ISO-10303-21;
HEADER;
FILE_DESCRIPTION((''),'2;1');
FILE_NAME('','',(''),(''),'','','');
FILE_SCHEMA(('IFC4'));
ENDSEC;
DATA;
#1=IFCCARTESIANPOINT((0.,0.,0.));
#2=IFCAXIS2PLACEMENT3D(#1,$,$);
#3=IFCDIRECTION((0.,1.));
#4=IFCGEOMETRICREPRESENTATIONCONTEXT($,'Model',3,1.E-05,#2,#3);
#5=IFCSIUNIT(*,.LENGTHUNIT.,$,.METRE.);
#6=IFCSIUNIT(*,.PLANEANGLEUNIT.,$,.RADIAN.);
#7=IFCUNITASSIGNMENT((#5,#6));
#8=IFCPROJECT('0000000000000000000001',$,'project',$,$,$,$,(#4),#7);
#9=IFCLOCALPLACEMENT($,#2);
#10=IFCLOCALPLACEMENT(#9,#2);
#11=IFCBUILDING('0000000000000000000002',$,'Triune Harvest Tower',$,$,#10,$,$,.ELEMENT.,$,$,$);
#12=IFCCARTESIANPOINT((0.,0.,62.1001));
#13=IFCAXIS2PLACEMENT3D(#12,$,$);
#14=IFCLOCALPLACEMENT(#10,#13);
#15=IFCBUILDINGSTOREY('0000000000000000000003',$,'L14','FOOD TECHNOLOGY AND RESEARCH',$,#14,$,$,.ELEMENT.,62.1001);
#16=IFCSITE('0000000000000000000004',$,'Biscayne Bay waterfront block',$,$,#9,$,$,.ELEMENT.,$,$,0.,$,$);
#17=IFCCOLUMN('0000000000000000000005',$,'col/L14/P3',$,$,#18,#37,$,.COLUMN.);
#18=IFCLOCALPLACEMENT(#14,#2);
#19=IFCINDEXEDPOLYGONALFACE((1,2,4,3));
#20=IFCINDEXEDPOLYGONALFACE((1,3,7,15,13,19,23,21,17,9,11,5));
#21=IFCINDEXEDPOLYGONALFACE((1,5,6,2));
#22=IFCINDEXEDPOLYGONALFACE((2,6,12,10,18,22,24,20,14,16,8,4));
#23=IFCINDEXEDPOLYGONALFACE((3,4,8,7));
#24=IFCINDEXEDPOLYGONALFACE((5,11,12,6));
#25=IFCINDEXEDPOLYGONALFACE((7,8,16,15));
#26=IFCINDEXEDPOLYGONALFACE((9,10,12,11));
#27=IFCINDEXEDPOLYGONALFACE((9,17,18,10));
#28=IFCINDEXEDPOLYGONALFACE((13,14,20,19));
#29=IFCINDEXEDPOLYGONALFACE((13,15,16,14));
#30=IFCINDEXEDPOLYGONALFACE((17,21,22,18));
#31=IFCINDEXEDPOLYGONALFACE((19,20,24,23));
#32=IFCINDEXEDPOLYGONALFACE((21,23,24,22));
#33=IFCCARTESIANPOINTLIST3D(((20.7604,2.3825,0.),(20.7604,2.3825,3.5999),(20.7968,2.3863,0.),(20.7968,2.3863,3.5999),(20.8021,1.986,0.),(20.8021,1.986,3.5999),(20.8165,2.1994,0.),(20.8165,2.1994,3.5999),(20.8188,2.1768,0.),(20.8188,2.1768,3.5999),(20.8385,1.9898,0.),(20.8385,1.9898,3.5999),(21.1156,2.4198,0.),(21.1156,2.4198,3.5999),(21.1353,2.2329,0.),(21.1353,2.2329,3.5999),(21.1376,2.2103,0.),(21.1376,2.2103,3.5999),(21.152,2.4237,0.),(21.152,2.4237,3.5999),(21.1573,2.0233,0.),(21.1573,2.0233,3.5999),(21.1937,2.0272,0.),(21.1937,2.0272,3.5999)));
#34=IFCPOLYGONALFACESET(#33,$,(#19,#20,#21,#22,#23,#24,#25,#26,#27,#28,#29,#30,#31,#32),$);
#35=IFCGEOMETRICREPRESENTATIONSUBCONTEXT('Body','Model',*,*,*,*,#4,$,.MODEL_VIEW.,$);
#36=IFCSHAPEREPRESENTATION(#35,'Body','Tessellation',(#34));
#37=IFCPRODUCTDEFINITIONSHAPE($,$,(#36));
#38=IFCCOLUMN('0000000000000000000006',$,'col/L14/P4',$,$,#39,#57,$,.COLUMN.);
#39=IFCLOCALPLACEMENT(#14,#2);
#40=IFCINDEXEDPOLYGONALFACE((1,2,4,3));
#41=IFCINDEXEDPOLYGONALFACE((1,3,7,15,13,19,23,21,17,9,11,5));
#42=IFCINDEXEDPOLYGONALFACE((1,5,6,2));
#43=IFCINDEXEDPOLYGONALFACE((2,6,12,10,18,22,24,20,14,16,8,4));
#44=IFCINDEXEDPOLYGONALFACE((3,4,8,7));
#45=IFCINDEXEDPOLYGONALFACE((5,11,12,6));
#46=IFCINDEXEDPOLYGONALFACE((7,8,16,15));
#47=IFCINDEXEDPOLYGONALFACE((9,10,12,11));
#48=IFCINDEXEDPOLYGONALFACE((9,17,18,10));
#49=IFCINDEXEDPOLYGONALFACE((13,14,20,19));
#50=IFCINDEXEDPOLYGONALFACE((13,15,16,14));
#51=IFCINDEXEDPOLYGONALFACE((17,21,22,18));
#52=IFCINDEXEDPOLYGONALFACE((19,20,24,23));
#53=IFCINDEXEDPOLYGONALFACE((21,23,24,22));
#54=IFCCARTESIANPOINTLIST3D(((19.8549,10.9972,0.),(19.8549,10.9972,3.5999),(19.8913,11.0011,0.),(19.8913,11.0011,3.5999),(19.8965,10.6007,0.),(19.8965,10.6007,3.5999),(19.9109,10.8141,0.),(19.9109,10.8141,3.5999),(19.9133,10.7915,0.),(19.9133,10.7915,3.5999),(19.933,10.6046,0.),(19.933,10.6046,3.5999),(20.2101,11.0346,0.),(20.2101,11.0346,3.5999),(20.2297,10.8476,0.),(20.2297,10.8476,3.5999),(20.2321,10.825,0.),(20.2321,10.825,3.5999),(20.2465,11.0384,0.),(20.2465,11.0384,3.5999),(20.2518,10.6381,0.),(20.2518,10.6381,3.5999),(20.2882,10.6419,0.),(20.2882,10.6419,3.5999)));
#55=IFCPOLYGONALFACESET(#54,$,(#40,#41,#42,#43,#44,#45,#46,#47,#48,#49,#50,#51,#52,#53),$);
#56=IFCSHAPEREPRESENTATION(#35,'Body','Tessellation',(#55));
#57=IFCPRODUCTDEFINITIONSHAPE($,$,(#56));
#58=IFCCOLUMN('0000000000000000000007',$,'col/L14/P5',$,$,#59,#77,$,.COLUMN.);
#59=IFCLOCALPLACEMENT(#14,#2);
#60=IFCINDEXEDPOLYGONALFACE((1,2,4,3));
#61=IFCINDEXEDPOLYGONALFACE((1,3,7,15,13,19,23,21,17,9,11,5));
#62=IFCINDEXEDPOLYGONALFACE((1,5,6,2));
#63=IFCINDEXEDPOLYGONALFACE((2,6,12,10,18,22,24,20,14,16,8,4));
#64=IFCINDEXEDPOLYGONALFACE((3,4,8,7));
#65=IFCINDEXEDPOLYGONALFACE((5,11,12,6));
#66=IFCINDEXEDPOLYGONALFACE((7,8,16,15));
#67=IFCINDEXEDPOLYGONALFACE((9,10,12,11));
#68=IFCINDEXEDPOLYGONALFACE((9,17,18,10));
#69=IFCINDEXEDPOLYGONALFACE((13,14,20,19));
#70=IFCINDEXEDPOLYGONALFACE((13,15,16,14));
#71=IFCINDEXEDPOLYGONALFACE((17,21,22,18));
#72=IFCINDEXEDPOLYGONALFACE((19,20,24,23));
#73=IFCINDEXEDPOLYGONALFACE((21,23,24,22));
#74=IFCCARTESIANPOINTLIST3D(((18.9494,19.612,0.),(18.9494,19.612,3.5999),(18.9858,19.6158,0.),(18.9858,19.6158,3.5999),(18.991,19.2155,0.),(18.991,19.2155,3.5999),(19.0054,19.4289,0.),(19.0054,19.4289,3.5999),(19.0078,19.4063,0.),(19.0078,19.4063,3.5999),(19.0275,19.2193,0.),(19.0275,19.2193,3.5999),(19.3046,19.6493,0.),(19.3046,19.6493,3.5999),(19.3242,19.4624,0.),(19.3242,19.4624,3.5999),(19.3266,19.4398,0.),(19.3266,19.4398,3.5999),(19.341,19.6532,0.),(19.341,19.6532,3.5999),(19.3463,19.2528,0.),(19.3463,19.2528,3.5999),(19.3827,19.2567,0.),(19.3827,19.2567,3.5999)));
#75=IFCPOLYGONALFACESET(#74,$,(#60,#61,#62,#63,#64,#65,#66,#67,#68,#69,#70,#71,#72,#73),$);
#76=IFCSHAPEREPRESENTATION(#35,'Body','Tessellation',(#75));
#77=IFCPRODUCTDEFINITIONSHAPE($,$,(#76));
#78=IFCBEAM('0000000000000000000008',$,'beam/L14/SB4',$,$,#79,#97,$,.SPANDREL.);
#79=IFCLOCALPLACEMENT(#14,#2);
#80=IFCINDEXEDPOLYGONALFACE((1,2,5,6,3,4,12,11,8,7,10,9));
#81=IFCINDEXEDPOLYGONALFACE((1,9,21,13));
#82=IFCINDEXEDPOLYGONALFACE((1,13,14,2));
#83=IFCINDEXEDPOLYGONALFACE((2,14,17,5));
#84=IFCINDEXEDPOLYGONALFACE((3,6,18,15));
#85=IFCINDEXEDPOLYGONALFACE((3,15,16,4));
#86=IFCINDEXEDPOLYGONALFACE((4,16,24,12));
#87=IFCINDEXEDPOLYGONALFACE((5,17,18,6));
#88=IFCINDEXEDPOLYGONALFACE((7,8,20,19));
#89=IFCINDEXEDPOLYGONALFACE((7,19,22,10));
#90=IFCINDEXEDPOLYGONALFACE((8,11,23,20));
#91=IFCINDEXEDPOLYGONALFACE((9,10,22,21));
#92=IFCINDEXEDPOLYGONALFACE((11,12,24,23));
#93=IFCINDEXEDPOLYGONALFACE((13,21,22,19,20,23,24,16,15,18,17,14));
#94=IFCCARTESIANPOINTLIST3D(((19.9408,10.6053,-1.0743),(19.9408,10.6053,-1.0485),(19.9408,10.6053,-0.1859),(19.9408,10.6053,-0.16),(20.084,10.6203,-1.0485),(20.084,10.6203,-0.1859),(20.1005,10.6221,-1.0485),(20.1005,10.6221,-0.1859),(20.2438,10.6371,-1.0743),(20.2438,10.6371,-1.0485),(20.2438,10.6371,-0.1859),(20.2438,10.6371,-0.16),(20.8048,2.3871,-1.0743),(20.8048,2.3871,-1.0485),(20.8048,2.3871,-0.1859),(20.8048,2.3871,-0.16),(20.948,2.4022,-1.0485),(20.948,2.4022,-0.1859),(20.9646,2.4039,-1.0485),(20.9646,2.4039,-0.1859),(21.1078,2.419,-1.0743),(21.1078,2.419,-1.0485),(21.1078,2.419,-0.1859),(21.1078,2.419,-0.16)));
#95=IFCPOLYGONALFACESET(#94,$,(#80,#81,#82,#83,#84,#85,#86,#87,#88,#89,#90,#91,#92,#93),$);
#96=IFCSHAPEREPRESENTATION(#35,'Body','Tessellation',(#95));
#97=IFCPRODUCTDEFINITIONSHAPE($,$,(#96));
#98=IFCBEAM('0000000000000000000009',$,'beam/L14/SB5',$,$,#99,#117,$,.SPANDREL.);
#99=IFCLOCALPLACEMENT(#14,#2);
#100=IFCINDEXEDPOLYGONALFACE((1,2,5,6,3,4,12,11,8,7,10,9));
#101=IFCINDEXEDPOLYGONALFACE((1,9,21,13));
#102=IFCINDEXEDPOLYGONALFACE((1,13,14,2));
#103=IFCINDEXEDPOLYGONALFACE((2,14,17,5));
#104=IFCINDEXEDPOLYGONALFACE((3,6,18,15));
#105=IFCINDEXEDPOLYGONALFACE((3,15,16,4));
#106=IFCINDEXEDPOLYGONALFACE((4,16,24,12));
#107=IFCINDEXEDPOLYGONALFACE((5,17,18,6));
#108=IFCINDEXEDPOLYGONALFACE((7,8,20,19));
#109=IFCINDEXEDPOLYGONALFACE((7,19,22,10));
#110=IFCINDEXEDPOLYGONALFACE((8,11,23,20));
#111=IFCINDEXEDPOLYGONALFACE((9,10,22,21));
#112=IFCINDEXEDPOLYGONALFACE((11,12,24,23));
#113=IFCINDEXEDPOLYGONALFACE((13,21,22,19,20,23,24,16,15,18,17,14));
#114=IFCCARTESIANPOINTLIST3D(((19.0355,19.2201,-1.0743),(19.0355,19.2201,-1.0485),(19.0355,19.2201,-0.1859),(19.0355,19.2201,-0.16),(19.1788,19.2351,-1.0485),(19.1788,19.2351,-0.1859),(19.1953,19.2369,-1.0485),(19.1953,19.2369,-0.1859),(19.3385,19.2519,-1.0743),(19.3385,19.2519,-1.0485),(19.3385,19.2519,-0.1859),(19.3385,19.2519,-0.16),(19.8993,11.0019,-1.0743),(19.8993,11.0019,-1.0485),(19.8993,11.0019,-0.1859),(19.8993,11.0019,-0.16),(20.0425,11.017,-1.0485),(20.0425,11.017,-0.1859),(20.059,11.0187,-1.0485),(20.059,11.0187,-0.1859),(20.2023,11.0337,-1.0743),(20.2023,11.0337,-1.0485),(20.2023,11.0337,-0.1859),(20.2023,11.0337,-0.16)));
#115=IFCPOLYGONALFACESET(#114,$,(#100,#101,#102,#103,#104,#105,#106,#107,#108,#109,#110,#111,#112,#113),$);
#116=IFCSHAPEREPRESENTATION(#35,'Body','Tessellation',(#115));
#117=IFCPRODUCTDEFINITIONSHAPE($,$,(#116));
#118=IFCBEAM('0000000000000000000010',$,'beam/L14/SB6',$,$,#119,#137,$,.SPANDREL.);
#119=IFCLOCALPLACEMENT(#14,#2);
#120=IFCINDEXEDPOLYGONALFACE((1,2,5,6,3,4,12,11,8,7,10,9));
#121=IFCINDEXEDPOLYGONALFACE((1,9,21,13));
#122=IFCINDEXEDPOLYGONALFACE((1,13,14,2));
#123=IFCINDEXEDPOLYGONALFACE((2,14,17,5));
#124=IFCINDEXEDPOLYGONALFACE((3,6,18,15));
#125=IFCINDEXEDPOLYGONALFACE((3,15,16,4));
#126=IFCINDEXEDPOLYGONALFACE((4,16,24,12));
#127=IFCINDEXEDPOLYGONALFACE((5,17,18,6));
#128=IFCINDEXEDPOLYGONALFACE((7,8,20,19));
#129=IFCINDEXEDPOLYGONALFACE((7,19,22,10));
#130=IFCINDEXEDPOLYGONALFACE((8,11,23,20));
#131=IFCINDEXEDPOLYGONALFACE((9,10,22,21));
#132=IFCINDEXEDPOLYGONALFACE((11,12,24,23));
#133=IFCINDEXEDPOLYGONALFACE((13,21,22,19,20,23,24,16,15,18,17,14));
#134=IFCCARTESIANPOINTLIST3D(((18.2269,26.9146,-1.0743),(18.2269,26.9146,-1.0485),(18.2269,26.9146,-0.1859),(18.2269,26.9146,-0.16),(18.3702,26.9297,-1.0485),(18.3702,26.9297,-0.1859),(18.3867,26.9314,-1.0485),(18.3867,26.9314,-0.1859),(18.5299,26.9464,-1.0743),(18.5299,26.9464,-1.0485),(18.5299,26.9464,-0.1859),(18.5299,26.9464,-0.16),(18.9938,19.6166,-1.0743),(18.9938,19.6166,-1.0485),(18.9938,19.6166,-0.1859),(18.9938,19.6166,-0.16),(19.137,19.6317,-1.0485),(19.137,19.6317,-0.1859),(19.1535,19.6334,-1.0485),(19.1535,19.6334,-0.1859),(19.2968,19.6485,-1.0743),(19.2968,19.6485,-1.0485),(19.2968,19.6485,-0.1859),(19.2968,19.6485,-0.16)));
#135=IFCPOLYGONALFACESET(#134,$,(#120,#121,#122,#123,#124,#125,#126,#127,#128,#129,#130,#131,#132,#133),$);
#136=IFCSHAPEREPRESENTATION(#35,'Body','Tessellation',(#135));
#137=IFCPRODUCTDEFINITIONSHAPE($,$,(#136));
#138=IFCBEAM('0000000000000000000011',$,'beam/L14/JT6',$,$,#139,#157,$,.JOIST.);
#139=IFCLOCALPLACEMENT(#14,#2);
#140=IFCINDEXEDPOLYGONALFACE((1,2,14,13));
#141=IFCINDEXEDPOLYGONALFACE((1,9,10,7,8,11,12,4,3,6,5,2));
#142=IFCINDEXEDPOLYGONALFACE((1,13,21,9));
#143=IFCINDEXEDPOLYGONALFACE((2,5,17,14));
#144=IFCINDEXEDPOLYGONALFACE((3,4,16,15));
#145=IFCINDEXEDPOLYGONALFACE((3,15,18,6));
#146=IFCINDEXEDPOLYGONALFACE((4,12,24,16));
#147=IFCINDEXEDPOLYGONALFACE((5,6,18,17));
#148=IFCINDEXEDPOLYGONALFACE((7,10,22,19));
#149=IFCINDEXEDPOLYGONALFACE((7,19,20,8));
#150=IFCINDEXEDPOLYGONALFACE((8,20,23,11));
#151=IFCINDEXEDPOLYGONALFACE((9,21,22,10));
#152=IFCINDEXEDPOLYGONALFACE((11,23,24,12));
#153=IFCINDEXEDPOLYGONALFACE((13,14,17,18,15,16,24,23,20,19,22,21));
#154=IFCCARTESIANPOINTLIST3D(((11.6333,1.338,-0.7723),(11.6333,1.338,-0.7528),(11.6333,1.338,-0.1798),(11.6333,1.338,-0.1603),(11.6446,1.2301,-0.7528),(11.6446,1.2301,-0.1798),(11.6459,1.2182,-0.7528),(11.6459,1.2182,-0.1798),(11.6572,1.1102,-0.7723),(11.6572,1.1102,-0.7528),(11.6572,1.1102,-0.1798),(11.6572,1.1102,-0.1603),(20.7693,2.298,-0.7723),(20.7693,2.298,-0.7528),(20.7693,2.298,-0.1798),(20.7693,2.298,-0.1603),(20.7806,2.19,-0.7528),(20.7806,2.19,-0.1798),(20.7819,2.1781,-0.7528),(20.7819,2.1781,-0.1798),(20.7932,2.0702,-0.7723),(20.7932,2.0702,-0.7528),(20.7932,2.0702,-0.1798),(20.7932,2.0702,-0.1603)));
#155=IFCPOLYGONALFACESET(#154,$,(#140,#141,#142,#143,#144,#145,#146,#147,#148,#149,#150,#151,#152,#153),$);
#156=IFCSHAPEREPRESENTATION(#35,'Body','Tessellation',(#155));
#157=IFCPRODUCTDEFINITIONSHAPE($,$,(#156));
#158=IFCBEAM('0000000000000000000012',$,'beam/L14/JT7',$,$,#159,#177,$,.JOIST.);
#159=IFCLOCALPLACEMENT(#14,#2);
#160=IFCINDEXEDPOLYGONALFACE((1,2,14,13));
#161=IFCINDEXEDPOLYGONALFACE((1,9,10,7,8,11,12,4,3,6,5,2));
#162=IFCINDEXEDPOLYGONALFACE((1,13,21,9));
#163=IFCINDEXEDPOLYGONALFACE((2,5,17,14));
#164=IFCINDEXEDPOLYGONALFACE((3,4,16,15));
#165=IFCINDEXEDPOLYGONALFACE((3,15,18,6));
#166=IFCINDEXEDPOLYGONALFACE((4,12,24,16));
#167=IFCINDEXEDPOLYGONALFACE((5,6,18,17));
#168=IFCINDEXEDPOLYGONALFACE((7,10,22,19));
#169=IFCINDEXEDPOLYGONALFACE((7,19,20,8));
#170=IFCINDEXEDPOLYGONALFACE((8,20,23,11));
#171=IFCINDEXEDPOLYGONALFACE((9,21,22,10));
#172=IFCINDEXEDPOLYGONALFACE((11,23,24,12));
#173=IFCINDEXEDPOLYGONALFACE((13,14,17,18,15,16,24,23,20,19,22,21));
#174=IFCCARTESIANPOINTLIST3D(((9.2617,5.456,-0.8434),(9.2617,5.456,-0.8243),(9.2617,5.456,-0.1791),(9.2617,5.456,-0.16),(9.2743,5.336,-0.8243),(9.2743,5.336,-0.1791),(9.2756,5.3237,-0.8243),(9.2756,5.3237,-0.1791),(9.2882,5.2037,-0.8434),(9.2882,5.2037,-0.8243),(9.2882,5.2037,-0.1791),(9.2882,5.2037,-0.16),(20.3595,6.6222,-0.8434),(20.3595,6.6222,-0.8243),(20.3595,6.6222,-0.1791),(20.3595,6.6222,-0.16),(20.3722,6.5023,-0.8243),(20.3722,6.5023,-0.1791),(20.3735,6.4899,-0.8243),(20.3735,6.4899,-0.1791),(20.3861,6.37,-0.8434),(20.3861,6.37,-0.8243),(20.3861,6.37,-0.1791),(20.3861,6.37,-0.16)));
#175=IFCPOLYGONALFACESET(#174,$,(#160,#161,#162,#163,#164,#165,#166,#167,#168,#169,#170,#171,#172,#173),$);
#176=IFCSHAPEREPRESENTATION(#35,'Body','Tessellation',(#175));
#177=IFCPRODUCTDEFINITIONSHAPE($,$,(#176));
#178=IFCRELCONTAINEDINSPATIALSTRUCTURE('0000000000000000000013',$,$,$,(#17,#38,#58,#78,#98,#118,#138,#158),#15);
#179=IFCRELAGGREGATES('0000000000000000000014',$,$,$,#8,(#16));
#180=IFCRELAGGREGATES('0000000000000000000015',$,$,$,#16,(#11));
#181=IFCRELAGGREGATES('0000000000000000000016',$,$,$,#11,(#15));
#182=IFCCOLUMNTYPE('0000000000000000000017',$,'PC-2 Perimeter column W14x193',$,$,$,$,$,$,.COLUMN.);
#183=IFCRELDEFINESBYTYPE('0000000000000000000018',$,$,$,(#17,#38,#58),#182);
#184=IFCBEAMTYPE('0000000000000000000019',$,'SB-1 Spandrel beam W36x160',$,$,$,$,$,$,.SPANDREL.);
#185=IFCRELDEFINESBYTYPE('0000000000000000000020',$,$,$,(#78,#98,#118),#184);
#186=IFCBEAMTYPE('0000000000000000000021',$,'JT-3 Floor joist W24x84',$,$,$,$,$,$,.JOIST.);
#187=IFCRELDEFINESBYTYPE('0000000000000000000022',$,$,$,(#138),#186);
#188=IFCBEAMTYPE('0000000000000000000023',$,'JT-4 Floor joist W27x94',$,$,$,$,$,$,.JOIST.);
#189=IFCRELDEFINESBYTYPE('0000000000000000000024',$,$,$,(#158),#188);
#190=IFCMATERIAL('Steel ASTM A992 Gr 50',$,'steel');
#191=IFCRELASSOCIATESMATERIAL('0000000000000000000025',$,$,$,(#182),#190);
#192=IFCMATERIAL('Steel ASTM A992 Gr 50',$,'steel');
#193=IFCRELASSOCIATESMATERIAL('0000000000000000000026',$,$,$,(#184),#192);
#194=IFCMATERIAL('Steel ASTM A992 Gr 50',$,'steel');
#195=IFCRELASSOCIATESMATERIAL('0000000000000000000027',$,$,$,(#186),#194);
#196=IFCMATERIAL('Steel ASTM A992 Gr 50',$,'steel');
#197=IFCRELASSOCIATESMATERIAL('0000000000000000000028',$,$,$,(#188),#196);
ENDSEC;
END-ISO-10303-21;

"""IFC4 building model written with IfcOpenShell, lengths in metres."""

from ifc_helpers import new_model, si_unit, direction, frame, origin, origin_2d, place, context, subcontext, project, spatial, i_section, extrude, source, transform, mapped, material, material_profile, profile_set, type_object, element, save


model = new_model("IFC4")

# Units and contexts
model_context = context("Model", 3, precision=1e-05, world=origin(), true_north=direction((0.0, 1.0)))
body_context = subcontext(model_context, "Body", "Model", "MODEL_VIEW")
ifc_project = project(units=[si_unit("LENGTHUNIT", "METRE"), si_unit("PLANEANGLEUNIT", "RADIAN")], contexts=[model_context])

# Site, building, storey
site_placement = place(None, origin())
site = spatial("IfcSite", under=ifc_project, at=site_placement, Name="Biscayne Bay waterfront block", CompositionType="ELEMENT", RefElevation=0.0)
building_placement = place(site_placement, origin())
building = spatial("IfcBuilding", under=site, at=building_placement, Name="Triune Harvest Tower", CompositionType="ELEMENT")
storey_placement = place(building_placement, frame((0.0, 0.0, 62.1001)))
storey = spatial("IfcBuildingStorey", under=building, at=storey_placement, Name="L14", Description="FOOD TECHNOLOGY AND RESEARCH", CompositionType="ELEMENT", Elevation=62.1001)

# Columns
ifc_material_1 = material(Name="Steel ASTM A992 Gr 50", Category="steel")
ifc_material_profile_1 = material_profile(ifc_material_1, i_section(OverallWidth=0.3987, OverallDepth=0.3938, WebThickness=0.0227, FlangeThickness=0.0366, at=origin_2d()), Name="W14x193")
ifc_profile_set_1 = profile_set([ifc_material_profile_1], Name="Steel ASTM A992 Gr 50")
column_type = type_object("IfcColumnType", Name="PC-2 Perimeter column W14x193", PredefinedType="COLUMN", material=ifc_profile_set_1)
shared_shape_1 = source(origin(), body_context, "Body", "SweptSolid", [
    extrude(i_section(OverallWidth=0.3987, OverallDepth=0.3938, WebThickness=0.0227, FlangeThickness=0.0366, at=origin_2d()), origin(), (0.0, 0.0, 1.0), 3.5999),
])
for number, where, z_axis, x_axis, name in (
    (1, (20.9771, 2.2048, 0.0), (0.0, 0.0, 1.0), (-0.104527, 0.994522, 0.0), "col/L14/P3"),
    (2, (20.0715, 10.8196, 0.0), (0.0, 0.0, 1.0), (-0.104527, 0.994522, 0.0), "col/L14/P4"),
    (3, (19.166, 19.4343, 0.0), (0.0, 0.0, 1.0), (-0.104527, 0.994522, 0.0), "col/L14/P5"),
):
    element("IfcColumn", number, at=place(storey_placement, frame(where, z_axis=z_axis, x_axis=x_axis)), inside=storey, type_object=column_type, Name=name, PredefinedType="COLUMN", context=body_context, shape_type="MappedRepresentation", body=[
        mapped(shared_shape_1, transform((0.0, 0.0, 0.0), scale=1.0)),
    ])

# Beams
ifc_material_2 = material(Name="Steel ASTM A992 Gr 50", Category="steel")
ifc_material_profile_2 = material_profile(ifc_material_2, i_section(OverallWidth=0.3047, OverallDepth=0.9143, WebThickness=0.0166, FlangeThickness=0.0259, at=origin_2d()), Name="W36x160")
ifc_profile_set_2 = profile_set([ifc_material_profile_2], Name="Steel ASTM A992 Gr 50")
beam_type_1 = type_object("IfcBeamType", Name="SB-1 Spandrel beam W36x160", PredefinedType="SPANDREL", material=ifc_profile_set_2)
shared_shape_2 = source(origin(), body_context, "Body", "SweptSolid", [
    extrude(i_section(OverallWidth=0.3047, OverallDepth=0.9143, WebThickness=0.0166, FlangeThickness=0.0259, at=origin_2d()), origin(), (0.0, 0.0, 1.0), 8.2634),
])
for number, where, z_axis, x_axis, name in (
    (4, (20.9563, 2.4031, -0.6172), (-0.10456, 0.994519, 0.0), (-0.994519, -0.10456, 0.0), "beam/L14/SB4"),
    (5, (20.0508, 11.0178, -0.6172), (-0.104528, 0.994522, 0.0), (-0.994522, -0.104528, 0.0), "beam/L14/SB5"),
):
    element("IfcBeam", number, at=place(storey_placement, frame(where, z_axis=z_axis, x_axis=x_axis)), inside=storey, type_object=beam_type_1, Name=name, PredefinedType="SPANDREL", context=body_context, shape_type="MappedRepresentation", body=[
        mapped(shared_shape_2, transform((0.0, 0.0, 0.0), scale=1.0)),
    ])
shared_shape_3 = source(origin(), body_context, "Body", "SweptSolid", [
    extrude(i_section(OverallWidth=0.3047, OverallDepth=0.9143, WebThickness=0.0166, FlangeThickness=0.0259, at=origin_2d()), origin(), (0.0, 0.0, 1.0), 7.3381),
])
beam_1_placement = place(storey_placement, frame((19.1453, 19.6326, -0.6172), z_axis=(-0.104503, 0.994525, 0.0), x_axis=(-0.994525, -0.104503, 0.0)))
element("IfcBeam", 6, at=beam_1_placement, inside=storey, type_object=beam_type_1, Name="beam/L14/SB6", PredefinedType="SPANDREL", context=body_context, shape_type="MappedRepresentation", body=[
    mapped(shared_shape_3, transform((0.0, 0.0, 0.0), scale=1.0)),
])
ifc_material_3 = material(Name="Steel ASTM A992 Gr 50", Category="steel")
ifc_material_profile_3 = material_profile(ifc_material_3, i_section(OverallWidth=0.229, OverallDepth=0.6121, WebThickness=0.012, FlangeThickness=0.0195, at=origin_2d()), Name="W24x84")
ifc_profile_set_3 = profile_set([ifc_material_profile_3], Name="Steel ASTM A992 Gr 50")
beam_type_2 = type_object("IfcBeamType", Name="JT-3 Floor joist W24x84", PredefinedType="JOIST", material=ifc_profile_set_3)
shared_shape_4 = source(origin(), body_context, "Body", "SweptSolid", [
    extrude(i_section(OverallWidth=0.229, OverallDepth=0.6121, WebThickness=0.012, FlangeThickness=0.0195, at=origin_2d()), origin(), (0.0, 0.0, 1.0), 9.1863),
])
beam_2_placement = place(storey_placement, frame((20.7812, 2.1841, -0.4663), z_axis=(-0.994525, -0.104499, 0.0), x_axis=(0.104499, -0.994525, 0.0)))
element("IfcBeam", 7, at=beam_2_placement, inside=storey, type_object=beam_type_2, Name="beam/L14/JT6", PredefinedType="JOIST", context=body_context, shape_type="MappedRepresentation", body=[
    mapped(shared_shape_4, transform((0.0, 0.0, 0.0), scale=1.0)),
])
ifc_material_4 = material(Name="Steel ASTM A992 Gr 50", Category="steel")
ifc_material_profile_4 = material_profile(ifc_material_4, i_section(OverallWidth=0.2537, OverallDepth=0.6833, WebThickness=0.0125, FlangeThickness=0.019, at=origin_2d()), Name="W27x94")
ifc_profile_set_4 = profile_set([ifc_material_profile_4], Name="Steel ASTM A992 Gr 50")
beam_type_3 = type_object("IfcBeamType", Name="JT-4 Floor joist W27x94", PredefinedType="JOIST", material=ifc_profile_set_4)
shared_shape_5 = source(origin(), body_context, "Body", "SweptSolid", [
    extrude(i_section(OverallWidth=0.2537, OverallDepth=0.6833, WebThickness=0.0125, FlangeThickness=0.019, at=origin_2d()), origin(), (0.0, 0.0, 1.0), 11.1589),
])
beam_3_placement = place(storey_placement, frame((20.3728, 6.4961, -0.5017), z_axis=(-0.994524, -0.104513, 0.0), x_axis=(0.104513, -0.994524, 0.0)))
element("IfcBeam", 8, at=beam_3_placement, inside=storey, type_object=beam_type_3, Name="beam/L14/JT7", PredefinedType="JOIST", context=body_context, shape_type="MappedRepresentation", body=[
    mapped(shared_shape_5, transform((0.0, 0.0, 0.0), scale=1.0)),
])

save(model, "model.ifc")
